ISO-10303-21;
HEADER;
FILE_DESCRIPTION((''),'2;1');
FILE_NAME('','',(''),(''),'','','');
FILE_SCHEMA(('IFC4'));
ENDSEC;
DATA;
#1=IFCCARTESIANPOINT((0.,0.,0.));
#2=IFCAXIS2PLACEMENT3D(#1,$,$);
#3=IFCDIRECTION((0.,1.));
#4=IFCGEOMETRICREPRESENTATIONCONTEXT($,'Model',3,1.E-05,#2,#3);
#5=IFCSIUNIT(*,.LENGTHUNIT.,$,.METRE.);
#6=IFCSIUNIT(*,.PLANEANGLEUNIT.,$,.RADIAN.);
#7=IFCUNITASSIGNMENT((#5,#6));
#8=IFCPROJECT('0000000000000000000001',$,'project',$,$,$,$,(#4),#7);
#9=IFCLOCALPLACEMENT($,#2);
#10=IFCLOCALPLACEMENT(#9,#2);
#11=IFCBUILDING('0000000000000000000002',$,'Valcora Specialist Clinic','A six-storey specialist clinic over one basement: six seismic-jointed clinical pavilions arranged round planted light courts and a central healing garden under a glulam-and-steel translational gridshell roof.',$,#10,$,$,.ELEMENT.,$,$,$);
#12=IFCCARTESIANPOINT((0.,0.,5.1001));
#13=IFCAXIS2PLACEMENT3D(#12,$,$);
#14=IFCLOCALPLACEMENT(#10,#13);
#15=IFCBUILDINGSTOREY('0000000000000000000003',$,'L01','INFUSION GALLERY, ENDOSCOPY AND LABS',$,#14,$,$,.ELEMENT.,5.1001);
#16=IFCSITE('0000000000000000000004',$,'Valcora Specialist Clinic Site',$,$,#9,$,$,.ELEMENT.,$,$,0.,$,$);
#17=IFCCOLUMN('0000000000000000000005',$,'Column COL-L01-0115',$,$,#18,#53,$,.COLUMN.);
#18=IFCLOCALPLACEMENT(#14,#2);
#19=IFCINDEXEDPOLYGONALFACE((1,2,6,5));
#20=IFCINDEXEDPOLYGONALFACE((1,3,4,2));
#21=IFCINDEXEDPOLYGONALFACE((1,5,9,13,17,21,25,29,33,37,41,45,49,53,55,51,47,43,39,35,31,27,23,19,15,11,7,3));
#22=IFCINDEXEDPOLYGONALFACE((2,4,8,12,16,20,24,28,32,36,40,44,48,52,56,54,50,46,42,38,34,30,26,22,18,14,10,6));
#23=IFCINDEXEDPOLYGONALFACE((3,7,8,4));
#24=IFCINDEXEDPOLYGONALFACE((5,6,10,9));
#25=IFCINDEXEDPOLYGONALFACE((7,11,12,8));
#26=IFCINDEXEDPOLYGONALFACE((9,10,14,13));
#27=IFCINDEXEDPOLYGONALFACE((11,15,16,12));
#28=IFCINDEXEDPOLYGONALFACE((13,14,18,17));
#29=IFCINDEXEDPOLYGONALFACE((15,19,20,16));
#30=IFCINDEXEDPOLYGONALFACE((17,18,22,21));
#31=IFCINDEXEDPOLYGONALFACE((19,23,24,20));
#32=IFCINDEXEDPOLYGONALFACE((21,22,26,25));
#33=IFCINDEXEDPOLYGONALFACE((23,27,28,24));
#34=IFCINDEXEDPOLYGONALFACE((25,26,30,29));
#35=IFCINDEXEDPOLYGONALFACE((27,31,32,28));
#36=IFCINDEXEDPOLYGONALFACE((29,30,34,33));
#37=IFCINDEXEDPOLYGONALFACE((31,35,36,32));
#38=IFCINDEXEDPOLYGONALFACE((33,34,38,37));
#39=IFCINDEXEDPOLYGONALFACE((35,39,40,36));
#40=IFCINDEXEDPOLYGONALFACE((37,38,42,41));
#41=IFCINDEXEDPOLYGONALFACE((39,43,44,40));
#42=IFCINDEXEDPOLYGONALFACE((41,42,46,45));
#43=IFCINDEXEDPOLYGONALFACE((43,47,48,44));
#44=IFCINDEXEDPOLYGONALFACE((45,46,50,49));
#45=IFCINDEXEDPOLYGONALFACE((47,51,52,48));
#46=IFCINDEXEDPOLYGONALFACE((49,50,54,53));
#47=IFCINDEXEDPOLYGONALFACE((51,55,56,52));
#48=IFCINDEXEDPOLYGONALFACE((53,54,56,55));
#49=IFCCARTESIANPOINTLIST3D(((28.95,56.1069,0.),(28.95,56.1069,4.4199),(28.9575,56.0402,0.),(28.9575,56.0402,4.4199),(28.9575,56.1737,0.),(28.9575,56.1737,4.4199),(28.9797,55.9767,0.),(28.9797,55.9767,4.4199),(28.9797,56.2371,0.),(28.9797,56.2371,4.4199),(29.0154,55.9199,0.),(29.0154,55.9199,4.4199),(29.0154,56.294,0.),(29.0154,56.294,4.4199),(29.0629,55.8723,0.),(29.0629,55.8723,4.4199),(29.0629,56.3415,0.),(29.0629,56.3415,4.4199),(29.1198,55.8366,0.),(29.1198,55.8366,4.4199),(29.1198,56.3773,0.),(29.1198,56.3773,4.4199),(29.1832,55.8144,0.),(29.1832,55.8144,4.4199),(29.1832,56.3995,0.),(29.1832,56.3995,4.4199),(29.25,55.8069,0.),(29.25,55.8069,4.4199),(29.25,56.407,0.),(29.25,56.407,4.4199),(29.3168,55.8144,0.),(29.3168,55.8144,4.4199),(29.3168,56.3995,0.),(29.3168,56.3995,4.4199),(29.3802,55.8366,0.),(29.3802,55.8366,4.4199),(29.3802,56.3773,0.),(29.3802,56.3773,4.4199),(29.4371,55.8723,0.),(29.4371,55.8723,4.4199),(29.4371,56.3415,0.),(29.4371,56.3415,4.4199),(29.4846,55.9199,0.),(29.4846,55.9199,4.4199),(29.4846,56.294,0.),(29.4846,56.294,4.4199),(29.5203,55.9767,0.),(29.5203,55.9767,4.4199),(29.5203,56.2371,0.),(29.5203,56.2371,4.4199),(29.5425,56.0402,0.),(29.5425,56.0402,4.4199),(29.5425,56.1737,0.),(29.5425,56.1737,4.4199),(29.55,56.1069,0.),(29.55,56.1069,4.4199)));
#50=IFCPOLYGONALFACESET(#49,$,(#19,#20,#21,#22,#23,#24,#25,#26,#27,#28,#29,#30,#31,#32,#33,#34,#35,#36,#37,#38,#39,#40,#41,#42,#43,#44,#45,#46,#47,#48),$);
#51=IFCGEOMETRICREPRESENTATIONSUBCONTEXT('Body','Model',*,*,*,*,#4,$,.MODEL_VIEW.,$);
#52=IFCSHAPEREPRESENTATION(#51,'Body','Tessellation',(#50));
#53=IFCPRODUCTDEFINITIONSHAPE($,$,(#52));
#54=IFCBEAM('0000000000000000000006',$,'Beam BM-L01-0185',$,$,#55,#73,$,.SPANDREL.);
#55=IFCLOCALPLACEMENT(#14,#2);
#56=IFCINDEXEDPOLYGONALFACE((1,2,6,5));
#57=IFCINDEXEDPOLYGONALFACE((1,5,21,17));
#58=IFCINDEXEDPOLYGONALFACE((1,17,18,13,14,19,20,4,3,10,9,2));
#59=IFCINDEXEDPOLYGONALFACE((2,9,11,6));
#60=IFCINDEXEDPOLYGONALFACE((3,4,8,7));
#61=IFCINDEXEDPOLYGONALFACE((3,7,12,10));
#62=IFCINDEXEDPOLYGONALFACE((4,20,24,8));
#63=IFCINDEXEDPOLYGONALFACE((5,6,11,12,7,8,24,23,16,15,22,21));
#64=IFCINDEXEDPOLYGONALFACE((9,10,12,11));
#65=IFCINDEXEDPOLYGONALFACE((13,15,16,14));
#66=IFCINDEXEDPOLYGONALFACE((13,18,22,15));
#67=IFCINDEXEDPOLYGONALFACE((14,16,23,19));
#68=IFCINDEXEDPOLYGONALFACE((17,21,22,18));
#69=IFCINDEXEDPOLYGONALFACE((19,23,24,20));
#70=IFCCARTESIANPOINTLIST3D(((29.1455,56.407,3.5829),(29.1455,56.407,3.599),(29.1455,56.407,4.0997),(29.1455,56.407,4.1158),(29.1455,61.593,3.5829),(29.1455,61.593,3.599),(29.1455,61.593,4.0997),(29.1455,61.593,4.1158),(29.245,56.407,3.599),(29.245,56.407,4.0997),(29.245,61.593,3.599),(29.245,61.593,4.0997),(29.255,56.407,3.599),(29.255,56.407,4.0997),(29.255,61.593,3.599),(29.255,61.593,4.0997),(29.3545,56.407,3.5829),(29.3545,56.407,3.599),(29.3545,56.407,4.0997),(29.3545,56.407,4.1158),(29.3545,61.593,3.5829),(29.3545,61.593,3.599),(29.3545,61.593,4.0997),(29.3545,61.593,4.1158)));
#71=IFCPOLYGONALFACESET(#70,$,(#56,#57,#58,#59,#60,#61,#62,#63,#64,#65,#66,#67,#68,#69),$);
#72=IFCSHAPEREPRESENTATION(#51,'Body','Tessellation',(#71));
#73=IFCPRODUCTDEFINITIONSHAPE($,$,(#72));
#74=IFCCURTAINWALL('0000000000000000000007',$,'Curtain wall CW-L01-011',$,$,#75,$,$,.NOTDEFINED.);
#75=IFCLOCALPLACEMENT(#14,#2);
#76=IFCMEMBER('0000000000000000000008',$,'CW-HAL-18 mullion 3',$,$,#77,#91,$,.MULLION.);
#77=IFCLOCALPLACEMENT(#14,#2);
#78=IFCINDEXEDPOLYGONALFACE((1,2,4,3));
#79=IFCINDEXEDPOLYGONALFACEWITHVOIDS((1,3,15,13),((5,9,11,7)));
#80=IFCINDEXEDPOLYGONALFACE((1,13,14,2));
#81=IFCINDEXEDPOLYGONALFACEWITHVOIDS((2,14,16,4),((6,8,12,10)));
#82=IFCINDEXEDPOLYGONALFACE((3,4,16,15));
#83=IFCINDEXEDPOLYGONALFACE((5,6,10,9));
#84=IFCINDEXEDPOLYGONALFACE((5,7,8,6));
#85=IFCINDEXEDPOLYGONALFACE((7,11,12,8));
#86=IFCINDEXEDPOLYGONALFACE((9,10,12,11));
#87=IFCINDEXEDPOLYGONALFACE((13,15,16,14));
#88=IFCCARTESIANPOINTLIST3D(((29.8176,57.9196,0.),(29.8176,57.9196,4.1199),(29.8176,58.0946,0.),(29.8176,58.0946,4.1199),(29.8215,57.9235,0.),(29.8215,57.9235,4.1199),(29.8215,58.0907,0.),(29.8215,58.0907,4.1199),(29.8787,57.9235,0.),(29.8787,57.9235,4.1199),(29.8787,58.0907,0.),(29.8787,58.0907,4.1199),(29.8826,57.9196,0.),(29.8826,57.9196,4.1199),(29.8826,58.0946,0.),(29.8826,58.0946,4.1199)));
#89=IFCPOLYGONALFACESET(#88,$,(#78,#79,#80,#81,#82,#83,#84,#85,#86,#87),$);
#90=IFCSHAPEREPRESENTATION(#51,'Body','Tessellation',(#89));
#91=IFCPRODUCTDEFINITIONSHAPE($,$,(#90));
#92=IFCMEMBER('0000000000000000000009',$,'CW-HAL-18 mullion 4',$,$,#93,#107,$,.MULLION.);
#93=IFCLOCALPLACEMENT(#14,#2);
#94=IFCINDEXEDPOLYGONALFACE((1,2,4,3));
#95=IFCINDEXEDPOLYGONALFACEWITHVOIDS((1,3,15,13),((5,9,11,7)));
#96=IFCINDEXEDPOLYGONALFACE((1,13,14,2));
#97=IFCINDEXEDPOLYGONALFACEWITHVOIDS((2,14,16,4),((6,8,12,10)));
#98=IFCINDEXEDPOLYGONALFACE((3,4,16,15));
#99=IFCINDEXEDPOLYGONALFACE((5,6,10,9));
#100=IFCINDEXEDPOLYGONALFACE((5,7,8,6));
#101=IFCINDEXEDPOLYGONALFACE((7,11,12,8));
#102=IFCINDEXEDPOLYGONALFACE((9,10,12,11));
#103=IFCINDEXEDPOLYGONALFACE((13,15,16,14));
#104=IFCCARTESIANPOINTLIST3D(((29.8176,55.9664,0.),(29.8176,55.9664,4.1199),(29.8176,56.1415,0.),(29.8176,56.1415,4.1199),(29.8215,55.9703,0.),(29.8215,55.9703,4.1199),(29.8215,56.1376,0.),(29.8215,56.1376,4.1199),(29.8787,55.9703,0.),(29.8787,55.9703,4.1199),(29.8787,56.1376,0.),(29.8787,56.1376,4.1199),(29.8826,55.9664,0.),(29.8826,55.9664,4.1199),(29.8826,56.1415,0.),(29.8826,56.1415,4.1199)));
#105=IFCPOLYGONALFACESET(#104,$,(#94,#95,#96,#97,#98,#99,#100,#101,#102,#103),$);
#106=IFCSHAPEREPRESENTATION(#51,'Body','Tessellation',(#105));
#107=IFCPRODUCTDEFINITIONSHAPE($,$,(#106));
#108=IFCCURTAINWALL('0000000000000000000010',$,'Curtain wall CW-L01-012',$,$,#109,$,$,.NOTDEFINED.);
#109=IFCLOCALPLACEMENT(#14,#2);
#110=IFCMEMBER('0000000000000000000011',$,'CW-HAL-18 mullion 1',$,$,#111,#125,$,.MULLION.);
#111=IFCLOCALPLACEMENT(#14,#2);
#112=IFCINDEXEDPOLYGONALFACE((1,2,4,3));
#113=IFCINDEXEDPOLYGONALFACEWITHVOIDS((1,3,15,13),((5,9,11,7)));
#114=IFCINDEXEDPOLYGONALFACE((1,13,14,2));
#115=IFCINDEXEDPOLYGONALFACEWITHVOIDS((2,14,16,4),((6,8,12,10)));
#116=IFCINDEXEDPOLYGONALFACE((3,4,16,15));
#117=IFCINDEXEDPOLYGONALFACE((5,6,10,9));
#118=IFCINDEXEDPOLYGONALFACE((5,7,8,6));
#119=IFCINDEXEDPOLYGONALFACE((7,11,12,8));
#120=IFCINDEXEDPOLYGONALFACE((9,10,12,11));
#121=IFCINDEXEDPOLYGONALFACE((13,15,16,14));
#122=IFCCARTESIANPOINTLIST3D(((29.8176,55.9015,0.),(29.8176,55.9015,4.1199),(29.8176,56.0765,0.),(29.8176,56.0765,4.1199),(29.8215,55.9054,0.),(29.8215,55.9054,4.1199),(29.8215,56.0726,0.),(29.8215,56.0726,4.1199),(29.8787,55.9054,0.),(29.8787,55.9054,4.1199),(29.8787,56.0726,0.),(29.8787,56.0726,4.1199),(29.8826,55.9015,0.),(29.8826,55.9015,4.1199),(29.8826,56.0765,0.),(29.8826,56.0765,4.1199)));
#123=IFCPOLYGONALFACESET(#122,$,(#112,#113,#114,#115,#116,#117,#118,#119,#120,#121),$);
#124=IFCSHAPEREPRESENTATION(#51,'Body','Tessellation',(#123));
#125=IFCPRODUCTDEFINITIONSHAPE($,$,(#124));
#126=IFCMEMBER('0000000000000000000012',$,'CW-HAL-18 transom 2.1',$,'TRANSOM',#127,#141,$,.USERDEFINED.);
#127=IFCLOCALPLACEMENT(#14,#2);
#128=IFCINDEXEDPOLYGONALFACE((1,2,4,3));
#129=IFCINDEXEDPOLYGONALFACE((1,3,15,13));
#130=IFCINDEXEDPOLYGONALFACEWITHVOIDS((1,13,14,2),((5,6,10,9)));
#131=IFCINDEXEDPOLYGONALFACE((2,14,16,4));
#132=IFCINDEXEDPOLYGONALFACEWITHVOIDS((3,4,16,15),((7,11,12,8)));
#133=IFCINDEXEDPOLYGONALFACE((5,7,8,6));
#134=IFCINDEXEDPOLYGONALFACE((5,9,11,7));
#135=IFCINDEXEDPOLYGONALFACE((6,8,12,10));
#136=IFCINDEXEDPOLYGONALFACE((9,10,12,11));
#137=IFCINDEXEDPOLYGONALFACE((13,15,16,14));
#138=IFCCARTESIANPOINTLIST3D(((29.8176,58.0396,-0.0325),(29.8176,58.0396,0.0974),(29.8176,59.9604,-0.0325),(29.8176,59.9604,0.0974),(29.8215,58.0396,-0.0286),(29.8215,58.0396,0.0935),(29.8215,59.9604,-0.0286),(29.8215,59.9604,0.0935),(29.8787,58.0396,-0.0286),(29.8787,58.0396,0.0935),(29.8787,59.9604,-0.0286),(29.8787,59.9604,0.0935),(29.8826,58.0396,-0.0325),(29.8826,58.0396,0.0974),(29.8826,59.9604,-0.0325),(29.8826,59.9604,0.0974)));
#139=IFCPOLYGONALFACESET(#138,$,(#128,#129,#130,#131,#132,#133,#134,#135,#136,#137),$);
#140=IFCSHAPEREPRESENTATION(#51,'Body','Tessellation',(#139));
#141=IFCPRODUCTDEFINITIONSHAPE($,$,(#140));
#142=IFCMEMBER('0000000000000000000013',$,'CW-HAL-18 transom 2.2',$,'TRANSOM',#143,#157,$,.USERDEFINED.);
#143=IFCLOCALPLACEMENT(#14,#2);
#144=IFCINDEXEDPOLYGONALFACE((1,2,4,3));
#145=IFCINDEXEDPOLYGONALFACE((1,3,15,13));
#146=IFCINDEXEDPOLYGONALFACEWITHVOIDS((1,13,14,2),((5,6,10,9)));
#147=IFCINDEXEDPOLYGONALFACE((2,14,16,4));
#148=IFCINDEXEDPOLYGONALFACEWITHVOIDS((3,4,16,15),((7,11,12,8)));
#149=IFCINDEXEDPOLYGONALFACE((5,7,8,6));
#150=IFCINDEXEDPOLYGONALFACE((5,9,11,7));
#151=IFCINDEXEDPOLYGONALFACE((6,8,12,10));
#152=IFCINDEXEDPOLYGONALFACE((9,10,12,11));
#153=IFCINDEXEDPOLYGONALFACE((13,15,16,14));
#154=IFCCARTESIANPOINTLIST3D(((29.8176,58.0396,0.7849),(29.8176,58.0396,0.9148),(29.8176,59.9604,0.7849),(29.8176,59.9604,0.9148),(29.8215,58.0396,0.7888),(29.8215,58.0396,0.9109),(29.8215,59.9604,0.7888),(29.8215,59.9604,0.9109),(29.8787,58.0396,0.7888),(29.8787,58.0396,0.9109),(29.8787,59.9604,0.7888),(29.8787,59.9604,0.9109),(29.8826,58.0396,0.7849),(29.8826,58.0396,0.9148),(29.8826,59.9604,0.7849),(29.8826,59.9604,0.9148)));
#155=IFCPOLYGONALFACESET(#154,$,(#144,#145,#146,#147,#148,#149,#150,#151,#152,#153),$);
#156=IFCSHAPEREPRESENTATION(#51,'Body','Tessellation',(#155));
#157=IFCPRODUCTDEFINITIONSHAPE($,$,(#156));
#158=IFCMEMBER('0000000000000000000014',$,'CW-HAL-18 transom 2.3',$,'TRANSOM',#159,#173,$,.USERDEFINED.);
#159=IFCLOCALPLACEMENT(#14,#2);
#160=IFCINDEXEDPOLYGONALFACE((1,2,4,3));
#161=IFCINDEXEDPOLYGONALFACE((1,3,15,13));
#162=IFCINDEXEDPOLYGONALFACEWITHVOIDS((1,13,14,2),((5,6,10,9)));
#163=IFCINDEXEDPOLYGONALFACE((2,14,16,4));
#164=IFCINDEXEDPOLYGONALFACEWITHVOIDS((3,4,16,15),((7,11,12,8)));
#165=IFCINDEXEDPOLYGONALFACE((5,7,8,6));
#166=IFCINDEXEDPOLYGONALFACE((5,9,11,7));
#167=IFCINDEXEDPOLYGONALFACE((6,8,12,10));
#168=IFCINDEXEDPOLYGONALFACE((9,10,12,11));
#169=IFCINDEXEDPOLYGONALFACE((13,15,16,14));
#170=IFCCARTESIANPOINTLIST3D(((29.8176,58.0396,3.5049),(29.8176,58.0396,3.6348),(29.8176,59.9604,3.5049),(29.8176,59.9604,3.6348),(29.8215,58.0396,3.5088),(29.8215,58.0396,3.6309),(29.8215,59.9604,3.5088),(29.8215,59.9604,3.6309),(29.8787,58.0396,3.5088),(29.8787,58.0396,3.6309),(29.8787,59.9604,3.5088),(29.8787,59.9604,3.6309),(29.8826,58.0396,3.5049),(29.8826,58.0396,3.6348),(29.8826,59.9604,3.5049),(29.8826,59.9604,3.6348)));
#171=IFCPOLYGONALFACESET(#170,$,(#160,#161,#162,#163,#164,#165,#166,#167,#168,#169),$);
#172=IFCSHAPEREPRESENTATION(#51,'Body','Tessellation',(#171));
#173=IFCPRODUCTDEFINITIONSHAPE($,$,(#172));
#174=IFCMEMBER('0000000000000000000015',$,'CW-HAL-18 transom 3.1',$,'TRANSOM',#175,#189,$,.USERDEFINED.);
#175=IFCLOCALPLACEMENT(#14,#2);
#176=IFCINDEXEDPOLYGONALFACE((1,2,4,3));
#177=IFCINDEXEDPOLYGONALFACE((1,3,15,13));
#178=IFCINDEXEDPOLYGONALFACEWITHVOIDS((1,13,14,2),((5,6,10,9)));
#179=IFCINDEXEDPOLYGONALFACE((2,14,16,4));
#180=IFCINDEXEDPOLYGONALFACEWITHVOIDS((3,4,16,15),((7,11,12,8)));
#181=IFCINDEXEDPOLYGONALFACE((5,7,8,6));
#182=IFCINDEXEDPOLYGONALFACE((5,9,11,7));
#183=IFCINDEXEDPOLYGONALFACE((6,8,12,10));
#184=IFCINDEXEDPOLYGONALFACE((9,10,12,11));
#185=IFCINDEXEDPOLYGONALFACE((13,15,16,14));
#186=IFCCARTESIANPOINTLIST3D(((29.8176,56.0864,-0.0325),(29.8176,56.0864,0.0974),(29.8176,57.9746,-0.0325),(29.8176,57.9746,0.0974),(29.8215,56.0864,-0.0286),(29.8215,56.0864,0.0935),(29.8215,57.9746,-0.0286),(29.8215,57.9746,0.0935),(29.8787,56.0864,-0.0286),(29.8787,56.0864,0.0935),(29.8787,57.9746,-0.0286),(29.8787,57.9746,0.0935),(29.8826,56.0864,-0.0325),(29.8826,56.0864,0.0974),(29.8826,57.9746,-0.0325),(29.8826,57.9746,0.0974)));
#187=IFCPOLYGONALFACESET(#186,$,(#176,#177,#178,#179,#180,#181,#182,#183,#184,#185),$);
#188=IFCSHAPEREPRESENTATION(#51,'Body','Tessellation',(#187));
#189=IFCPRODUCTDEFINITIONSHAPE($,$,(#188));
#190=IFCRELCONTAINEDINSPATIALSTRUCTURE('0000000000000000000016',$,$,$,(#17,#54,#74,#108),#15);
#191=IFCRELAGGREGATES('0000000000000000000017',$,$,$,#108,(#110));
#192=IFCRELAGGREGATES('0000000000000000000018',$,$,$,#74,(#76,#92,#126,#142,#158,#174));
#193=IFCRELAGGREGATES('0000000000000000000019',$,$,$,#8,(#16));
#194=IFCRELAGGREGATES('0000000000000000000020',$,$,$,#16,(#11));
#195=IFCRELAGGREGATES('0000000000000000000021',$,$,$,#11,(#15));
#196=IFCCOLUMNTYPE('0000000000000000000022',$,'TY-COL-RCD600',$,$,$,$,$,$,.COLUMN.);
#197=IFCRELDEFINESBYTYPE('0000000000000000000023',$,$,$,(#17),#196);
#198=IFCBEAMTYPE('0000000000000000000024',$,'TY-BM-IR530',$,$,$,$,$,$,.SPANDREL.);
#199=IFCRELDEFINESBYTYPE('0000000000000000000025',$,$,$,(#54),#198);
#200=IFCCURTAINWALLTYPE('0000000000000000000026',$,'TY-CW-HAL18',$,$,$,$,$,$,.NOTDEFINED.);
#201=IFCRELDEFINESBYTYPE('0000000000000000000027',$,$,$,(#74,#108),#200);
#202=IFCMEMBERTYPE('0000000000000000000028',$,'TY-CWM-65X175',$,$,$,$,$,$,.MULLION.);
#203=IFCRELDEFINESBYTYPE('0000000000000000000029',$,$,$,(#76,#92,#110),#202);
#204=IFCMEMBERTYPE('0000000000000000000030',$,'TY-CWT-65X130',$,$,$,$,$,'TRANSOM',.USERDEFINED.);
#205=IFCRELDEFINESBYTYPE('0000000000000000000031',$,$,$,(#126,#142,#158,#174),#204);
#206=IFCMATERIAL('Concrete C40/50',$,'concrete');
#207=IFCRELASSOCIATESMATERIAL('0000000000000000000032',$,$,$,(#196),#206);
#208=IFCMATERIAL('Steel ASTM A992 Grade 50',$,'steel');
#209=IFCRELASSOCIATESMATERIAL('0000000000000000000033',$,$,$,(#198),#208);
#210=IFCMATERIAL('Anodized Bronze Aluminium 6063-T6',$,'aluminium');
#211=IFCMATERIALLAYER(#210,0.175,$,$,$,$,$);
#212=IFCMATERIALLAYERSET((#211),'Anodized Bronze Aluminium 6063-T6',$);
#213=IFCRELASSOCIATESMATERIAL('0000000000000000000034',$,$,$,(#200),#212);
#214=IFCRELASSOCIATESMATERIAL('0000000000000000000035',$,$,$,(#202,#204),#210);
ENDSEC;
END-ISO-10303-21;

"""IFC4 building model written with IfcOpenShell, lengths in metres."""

from ifc_helpers import new_model, si_unit, direction, frame, origin, origin_2d, place, context, subcontext, project, spatial, hollow_rectangle, circle, i_section, extrude, material, layer, layer_set, material_profile, profile_set, type_object, element, aggregate, save


model = new_model("IFC4")

# Units and contexts
model_context = context("Model", 3, precision=1e-05, world=origin(), true_north=direction((0.0, 1.0)))
body_context = subcontext(model_context, "Body", "Model", "MODEL_VIEW")
ifc_project = project(units=[si_unit("LENGTHUNIT", "METRE"), si_unit("PLANEANGLEUNIT", "RADIAN")], contexts=[model_context])

# Site, building, storey
site_placement = place(None, origin())
site = spatial("IfcSite", under=ifc_project, at=site_placement, Name="Valcora Specialist Clinic Site", CompositionType="ELEMENT", RefElevation=0.0)
building_placement = place(site_placement, origin())
building = spatial("IfcBuilding", under=site, at=building_placement, Name="Valcora Specialist Clinic", Description="A six-storey specialist clinic over one basement: six seismic-jointed clinical pavilions arranged round planted light courts and a central healing garden under a glulam-and-steel translational gridshell roof.", CompositionType="ELEMENT")
storey_placement = place(building_placement, frame((0.0, 0.0, 5.1001)))
storey = spatial("IfcBuildingStorey", under=building, at=storey_placement, Name="L01", Description="INFUSION GALLERY, ENDOSCOPY AND LABS", CompositionType="ELEMENT", Elevation=5.1001)

# Column
ifc_material_1 = material(Name="Concrete C40/50", Category="concrete")
ifc_material_profile_1 = material_profile(ifc_material_1, circle(Radius=0.3, at=origin_2d()), Name="RC-COL-D600")
ifc_profile_set_1 = profile_set([ifc_material_profile_1], Name="Concrete C40/50")
column_type = type_object("IfcColumnType", Name="TY-COL-RCD600", PredefinedType="COLUMN", material=ifc_profile_set_1)
column_placement = place(storey_placement, frame((29.25, 56.1069, 0.0), z_axis=(0.0, 0.0, 1.0), x_axis=(1.0, 0.0, 0.0)))
element("IfcColumn", 1, at=column_placement, inside=storey, type_object=column_type, Name="Column COL-L01-0115", PredefinedType="COLUMN", context=body_context, shape_type="SweptSolid", body=[
    extrude(circle(Radius=0.3, at=origin_2d()), origin(), (0.0, 0.0, 1.0), 4.4199),
])

# Beam
ifc_material_2 = material(Name="Steel ASTM A992 Grade 50", Category="steel")
ifc_material_profile_2 = material_profile(ifc_material_2, i_section(OverallWidth=0.209, OverallDepth=0.533, WebThickness=0.01, FlangeThickness=0.0161, at=origin_2d()), Name="ST-IR-530X210")
ifc_profile_set_2 = profile_set([ifc_material_profile_2], Name="Steel ASTM A992 Grade 50")
beam_type = type_object("IfcBeamType", Name="TY-BM-IR530", PredefinedType="SPANDREL", material=ifc_profile_set_2)
beam_placement = place(storey_placement, frame((29.25, 56.407, 3.8494), z_axis=(0.0, 1.0, 0.0), x_axis=(-1.0, 0.0, 0.0)))
element("IfcBeam", 2, at=beam_placement, inside=storey, type_object=beam_type, Name="Beam BM-L01-0185", PredefinedType="SPANDREL", context=body_context, shape_type="SweptSolid", body=[
    extrude(i_section(OverallWidth=0.209, OverallDepth=0.533, WebThickness=0.01, FlangeThickness=0.0161, at=origin_2d()), origin(), (0.0, 0.0, 1.0), 5.186),
])

# Curtain wall, members
ifc_material_3 = material(Name="Anodized Bronze Aluminium 6063-T6", Category="aluminium")
ifc_layer_1 = layer(ifc_material_3, 0.175)
ifc_layer_set_1 = layer_set([ifc_layer_1], Name="Anodized Bronze Aluminium 6063-T6")
curtain_wall_type = type_object("IfcCurtainWallType", Name="TY-CW-HAL18", PredefinedType="NOTDEFINED", material=ifc_layer_set_1)
curtain_wall_1_placement = place(storey_placement, origin())
curtain_wall_1 = element("IfcCurtainWall", 3, at=curtain_wall_1_placement, inside=storey, type_object=curtain_wall_type, Name="Curtain wall CW-L01-011", PredefinedType="NOTDEFINED")
ifc_material_profile_3 = material_profile(ifc_material_3, hollow_rectangle(XDim=0.0649, YDim=0.175, WallThickness=0.0039, at=origin_2d()), Name="AL-MUL-65X175")
ifc_profile_set_3 = profile_set([ifc_material_profile_3], Name="Anodized Bronze Aluminium 6063-T6")
member_type_1 = type_object("IfcMemberType", Name="TY-CWM-65X175", PredefinedType="MULLION", material=ifc_profile_set_3)
member_1_placement = place(storey_placement, frame((29.8501, 58.0071, 0.0), z_axis=(0.0, 0.0, 1.0), x_axis=(1.0, 0.0, 0.0)))
member_1 = element("IfcMember", 4, at=member_1_placement, type_object=member_type_1, Name="CW-HAL-18 mullion 3", PredefinedType="MULLION", context=body_context, shape_type="SweptSolid", body=[
    extrude(hollow_rectangle(XDim=0.0649, YDim=0.175, WallThickness=0.0039, at=origin_2d()), origin(), (0.0, 0.0, 1.0), 4.1199),
])
member_2_placement = place(storey_placement, frame((29.8501, 56.054, 0.0), z_axis=(0.0, 0.0, 1.0), x_axis=(1.0, 0.0, 0.0)))
member_2 = element("IfcMember", 5, at=member_2_placement, type_object=member_type_1, Name="CW-HAL-18 mullion 4", PredefinedType="MULLION", context=body_context, shape_type="SweptSolid", body=[
    extrude(hollow_rectangle(XDim=0.0649, YDim=0.175, WallThickness=0.0039, at=origin_2d()), origin(), (0.0, 0.0, 1.0), 4.1199),
])

# Curtain wall, member
curtain_wall_2_placement = place(storey_placement, origin())
curtain_wall_2 = element("IfcCurtainWall", 6, at=curtain_wall_2_placement, inside=storey, type_object=curtain_wall_type, Name="Curtain wall CW-L01-012", PredefinedType="NOTDEFINED")
member_3_placement = place(storey_placement, frame((29.8501, 55.989, 0.0), z_axis=(0.0, 0.0, 1.0), x_axis=(1.0, 0.0, 0.0)))
member_3 = element("IfcMember", 7, at=member_3_placement, type_object=member_type_1, Name="CW-HAL-18 mullion 1", PredefinedType="MULLION", context=body_context, shape_type="SweptSolid", body=[
    extrude(hollow_rectangle(XDim=0.0649, YDim=0.175, WallThickness=0.0039, at=origin_2d()), origin(), (0.0, 0.0, 1.0), 4.1199),
])

# Members
ifc_material_profile_4 = material_profile(ifc_material_3, hollow_rectangle(XDim=0.0649, YDim=0.1299, WallThickness=0.0039, at=origin_2d()), Name="AL-TRN-65X130")
ifc_profile_set_4 = profile_set([ifc_material_profile_4], Name="Anodized Bronze Aluminium 6063-T6")
member_type_2 = type_object("IfcMemberType", Name="TY-CWT-65X130", ElementType="TRANSOM", PredefinedType="USERDEFINED", material=ifc_profile_set_4)
member_4_placement = place(storey_placement, frame((29.8501, 59.9604, 0.0325), z_axis=(0.0, -1.0, 0.0), x_axis=(1.0, 0.0, 0.0)))
member_4 = element("IfcMember", 8, at=member_4_placement, type_object=member_type_2, Name="CW-HAL-18 transom 2.1", ObjectType="TRANSOM", PredefinedType="USERDEFINED", context=body_context, shape_type="SweptSolid", body=[
    extrude(hollow_rectangle(XDim=0.0649, YDim=0.1299, WallThickness=0.0039, at=origin_2d()), origin(), (0.0, 0.0, 1.0), 1.9209),
])
member_5_placement = place(storey_placement, frame((29.8501, 59.9604, 0.8499), z_axis=(0.0, -1.0, 0.0), x_axis=(1.0, 0.0, 0.0)))
member_5 = element("IfcMember", 9, at=member_5_placement, type_object=member_type_2, Name="CW-HAL-18 transom 2.2", ObjectType="TRANSOM", PredefinedType="USERDEFINED", context=body_context, shape_type="SweptSolid", body=[
    extrude(hollow_rectangle(XDim=0.0649, YDim=0.1299, WallThickness=0.0039, at=origin_2d()), origin(), (0.0, 0.0, 1.0), 1.9209),
])
member_6_placement = place(storey_placement, frame((29.8501, 59.9604, 3.5698), z_axis=(0.0, -1.0, 0.0), x_axis=(1.0, 0.0, 0.0)))
member_6 = element("IfcMember", 10, at=member_6_placement, type_object=member_type_2, Name="CW-HAL-18 transom 2.3", ObjectType="TRANSOM", PredefinedType="USERDEFINED", context=body_context, shape_type="SweptSolid", body=[
    extrude(hollow_rectangle(XDim=0.0649, YDim=0.1299, WallThickness=0.0039, at=origin_2d()), origin(), (0.0, 0.0, 1.0), 1.9209),
])
member_7_placement = place(storey_placement, frame((29.8501, 57.9746, 0.0325), z_axis=(0.0, -1.0, 0.0), x_axis=(1.0, 0.0, 0.0)))
member_7 = element("IfcMember", 11, at=member_7_placement, type_object=member_type_2, Name="CW-HAL-18 transom 3.1", ObjectType="TRANSOM", PredefinedType="USERDEFINED", context=body_context, shape_type="SweptSolid", body=[
    extrude(hollow_rectangle(XDim=0.0649, YDim=0.1299, WallThickness=0.0039, at=origin_2d()), origin(), (0.0, 0.0, 1.0), 1.8882),
])

aggregate(curtain_wall_2, [member_3])
aggregate(curtain_wall_1, [member_1, member_2, member_4, member_5, member_6, member_7])

save(model, "model.ifc")
